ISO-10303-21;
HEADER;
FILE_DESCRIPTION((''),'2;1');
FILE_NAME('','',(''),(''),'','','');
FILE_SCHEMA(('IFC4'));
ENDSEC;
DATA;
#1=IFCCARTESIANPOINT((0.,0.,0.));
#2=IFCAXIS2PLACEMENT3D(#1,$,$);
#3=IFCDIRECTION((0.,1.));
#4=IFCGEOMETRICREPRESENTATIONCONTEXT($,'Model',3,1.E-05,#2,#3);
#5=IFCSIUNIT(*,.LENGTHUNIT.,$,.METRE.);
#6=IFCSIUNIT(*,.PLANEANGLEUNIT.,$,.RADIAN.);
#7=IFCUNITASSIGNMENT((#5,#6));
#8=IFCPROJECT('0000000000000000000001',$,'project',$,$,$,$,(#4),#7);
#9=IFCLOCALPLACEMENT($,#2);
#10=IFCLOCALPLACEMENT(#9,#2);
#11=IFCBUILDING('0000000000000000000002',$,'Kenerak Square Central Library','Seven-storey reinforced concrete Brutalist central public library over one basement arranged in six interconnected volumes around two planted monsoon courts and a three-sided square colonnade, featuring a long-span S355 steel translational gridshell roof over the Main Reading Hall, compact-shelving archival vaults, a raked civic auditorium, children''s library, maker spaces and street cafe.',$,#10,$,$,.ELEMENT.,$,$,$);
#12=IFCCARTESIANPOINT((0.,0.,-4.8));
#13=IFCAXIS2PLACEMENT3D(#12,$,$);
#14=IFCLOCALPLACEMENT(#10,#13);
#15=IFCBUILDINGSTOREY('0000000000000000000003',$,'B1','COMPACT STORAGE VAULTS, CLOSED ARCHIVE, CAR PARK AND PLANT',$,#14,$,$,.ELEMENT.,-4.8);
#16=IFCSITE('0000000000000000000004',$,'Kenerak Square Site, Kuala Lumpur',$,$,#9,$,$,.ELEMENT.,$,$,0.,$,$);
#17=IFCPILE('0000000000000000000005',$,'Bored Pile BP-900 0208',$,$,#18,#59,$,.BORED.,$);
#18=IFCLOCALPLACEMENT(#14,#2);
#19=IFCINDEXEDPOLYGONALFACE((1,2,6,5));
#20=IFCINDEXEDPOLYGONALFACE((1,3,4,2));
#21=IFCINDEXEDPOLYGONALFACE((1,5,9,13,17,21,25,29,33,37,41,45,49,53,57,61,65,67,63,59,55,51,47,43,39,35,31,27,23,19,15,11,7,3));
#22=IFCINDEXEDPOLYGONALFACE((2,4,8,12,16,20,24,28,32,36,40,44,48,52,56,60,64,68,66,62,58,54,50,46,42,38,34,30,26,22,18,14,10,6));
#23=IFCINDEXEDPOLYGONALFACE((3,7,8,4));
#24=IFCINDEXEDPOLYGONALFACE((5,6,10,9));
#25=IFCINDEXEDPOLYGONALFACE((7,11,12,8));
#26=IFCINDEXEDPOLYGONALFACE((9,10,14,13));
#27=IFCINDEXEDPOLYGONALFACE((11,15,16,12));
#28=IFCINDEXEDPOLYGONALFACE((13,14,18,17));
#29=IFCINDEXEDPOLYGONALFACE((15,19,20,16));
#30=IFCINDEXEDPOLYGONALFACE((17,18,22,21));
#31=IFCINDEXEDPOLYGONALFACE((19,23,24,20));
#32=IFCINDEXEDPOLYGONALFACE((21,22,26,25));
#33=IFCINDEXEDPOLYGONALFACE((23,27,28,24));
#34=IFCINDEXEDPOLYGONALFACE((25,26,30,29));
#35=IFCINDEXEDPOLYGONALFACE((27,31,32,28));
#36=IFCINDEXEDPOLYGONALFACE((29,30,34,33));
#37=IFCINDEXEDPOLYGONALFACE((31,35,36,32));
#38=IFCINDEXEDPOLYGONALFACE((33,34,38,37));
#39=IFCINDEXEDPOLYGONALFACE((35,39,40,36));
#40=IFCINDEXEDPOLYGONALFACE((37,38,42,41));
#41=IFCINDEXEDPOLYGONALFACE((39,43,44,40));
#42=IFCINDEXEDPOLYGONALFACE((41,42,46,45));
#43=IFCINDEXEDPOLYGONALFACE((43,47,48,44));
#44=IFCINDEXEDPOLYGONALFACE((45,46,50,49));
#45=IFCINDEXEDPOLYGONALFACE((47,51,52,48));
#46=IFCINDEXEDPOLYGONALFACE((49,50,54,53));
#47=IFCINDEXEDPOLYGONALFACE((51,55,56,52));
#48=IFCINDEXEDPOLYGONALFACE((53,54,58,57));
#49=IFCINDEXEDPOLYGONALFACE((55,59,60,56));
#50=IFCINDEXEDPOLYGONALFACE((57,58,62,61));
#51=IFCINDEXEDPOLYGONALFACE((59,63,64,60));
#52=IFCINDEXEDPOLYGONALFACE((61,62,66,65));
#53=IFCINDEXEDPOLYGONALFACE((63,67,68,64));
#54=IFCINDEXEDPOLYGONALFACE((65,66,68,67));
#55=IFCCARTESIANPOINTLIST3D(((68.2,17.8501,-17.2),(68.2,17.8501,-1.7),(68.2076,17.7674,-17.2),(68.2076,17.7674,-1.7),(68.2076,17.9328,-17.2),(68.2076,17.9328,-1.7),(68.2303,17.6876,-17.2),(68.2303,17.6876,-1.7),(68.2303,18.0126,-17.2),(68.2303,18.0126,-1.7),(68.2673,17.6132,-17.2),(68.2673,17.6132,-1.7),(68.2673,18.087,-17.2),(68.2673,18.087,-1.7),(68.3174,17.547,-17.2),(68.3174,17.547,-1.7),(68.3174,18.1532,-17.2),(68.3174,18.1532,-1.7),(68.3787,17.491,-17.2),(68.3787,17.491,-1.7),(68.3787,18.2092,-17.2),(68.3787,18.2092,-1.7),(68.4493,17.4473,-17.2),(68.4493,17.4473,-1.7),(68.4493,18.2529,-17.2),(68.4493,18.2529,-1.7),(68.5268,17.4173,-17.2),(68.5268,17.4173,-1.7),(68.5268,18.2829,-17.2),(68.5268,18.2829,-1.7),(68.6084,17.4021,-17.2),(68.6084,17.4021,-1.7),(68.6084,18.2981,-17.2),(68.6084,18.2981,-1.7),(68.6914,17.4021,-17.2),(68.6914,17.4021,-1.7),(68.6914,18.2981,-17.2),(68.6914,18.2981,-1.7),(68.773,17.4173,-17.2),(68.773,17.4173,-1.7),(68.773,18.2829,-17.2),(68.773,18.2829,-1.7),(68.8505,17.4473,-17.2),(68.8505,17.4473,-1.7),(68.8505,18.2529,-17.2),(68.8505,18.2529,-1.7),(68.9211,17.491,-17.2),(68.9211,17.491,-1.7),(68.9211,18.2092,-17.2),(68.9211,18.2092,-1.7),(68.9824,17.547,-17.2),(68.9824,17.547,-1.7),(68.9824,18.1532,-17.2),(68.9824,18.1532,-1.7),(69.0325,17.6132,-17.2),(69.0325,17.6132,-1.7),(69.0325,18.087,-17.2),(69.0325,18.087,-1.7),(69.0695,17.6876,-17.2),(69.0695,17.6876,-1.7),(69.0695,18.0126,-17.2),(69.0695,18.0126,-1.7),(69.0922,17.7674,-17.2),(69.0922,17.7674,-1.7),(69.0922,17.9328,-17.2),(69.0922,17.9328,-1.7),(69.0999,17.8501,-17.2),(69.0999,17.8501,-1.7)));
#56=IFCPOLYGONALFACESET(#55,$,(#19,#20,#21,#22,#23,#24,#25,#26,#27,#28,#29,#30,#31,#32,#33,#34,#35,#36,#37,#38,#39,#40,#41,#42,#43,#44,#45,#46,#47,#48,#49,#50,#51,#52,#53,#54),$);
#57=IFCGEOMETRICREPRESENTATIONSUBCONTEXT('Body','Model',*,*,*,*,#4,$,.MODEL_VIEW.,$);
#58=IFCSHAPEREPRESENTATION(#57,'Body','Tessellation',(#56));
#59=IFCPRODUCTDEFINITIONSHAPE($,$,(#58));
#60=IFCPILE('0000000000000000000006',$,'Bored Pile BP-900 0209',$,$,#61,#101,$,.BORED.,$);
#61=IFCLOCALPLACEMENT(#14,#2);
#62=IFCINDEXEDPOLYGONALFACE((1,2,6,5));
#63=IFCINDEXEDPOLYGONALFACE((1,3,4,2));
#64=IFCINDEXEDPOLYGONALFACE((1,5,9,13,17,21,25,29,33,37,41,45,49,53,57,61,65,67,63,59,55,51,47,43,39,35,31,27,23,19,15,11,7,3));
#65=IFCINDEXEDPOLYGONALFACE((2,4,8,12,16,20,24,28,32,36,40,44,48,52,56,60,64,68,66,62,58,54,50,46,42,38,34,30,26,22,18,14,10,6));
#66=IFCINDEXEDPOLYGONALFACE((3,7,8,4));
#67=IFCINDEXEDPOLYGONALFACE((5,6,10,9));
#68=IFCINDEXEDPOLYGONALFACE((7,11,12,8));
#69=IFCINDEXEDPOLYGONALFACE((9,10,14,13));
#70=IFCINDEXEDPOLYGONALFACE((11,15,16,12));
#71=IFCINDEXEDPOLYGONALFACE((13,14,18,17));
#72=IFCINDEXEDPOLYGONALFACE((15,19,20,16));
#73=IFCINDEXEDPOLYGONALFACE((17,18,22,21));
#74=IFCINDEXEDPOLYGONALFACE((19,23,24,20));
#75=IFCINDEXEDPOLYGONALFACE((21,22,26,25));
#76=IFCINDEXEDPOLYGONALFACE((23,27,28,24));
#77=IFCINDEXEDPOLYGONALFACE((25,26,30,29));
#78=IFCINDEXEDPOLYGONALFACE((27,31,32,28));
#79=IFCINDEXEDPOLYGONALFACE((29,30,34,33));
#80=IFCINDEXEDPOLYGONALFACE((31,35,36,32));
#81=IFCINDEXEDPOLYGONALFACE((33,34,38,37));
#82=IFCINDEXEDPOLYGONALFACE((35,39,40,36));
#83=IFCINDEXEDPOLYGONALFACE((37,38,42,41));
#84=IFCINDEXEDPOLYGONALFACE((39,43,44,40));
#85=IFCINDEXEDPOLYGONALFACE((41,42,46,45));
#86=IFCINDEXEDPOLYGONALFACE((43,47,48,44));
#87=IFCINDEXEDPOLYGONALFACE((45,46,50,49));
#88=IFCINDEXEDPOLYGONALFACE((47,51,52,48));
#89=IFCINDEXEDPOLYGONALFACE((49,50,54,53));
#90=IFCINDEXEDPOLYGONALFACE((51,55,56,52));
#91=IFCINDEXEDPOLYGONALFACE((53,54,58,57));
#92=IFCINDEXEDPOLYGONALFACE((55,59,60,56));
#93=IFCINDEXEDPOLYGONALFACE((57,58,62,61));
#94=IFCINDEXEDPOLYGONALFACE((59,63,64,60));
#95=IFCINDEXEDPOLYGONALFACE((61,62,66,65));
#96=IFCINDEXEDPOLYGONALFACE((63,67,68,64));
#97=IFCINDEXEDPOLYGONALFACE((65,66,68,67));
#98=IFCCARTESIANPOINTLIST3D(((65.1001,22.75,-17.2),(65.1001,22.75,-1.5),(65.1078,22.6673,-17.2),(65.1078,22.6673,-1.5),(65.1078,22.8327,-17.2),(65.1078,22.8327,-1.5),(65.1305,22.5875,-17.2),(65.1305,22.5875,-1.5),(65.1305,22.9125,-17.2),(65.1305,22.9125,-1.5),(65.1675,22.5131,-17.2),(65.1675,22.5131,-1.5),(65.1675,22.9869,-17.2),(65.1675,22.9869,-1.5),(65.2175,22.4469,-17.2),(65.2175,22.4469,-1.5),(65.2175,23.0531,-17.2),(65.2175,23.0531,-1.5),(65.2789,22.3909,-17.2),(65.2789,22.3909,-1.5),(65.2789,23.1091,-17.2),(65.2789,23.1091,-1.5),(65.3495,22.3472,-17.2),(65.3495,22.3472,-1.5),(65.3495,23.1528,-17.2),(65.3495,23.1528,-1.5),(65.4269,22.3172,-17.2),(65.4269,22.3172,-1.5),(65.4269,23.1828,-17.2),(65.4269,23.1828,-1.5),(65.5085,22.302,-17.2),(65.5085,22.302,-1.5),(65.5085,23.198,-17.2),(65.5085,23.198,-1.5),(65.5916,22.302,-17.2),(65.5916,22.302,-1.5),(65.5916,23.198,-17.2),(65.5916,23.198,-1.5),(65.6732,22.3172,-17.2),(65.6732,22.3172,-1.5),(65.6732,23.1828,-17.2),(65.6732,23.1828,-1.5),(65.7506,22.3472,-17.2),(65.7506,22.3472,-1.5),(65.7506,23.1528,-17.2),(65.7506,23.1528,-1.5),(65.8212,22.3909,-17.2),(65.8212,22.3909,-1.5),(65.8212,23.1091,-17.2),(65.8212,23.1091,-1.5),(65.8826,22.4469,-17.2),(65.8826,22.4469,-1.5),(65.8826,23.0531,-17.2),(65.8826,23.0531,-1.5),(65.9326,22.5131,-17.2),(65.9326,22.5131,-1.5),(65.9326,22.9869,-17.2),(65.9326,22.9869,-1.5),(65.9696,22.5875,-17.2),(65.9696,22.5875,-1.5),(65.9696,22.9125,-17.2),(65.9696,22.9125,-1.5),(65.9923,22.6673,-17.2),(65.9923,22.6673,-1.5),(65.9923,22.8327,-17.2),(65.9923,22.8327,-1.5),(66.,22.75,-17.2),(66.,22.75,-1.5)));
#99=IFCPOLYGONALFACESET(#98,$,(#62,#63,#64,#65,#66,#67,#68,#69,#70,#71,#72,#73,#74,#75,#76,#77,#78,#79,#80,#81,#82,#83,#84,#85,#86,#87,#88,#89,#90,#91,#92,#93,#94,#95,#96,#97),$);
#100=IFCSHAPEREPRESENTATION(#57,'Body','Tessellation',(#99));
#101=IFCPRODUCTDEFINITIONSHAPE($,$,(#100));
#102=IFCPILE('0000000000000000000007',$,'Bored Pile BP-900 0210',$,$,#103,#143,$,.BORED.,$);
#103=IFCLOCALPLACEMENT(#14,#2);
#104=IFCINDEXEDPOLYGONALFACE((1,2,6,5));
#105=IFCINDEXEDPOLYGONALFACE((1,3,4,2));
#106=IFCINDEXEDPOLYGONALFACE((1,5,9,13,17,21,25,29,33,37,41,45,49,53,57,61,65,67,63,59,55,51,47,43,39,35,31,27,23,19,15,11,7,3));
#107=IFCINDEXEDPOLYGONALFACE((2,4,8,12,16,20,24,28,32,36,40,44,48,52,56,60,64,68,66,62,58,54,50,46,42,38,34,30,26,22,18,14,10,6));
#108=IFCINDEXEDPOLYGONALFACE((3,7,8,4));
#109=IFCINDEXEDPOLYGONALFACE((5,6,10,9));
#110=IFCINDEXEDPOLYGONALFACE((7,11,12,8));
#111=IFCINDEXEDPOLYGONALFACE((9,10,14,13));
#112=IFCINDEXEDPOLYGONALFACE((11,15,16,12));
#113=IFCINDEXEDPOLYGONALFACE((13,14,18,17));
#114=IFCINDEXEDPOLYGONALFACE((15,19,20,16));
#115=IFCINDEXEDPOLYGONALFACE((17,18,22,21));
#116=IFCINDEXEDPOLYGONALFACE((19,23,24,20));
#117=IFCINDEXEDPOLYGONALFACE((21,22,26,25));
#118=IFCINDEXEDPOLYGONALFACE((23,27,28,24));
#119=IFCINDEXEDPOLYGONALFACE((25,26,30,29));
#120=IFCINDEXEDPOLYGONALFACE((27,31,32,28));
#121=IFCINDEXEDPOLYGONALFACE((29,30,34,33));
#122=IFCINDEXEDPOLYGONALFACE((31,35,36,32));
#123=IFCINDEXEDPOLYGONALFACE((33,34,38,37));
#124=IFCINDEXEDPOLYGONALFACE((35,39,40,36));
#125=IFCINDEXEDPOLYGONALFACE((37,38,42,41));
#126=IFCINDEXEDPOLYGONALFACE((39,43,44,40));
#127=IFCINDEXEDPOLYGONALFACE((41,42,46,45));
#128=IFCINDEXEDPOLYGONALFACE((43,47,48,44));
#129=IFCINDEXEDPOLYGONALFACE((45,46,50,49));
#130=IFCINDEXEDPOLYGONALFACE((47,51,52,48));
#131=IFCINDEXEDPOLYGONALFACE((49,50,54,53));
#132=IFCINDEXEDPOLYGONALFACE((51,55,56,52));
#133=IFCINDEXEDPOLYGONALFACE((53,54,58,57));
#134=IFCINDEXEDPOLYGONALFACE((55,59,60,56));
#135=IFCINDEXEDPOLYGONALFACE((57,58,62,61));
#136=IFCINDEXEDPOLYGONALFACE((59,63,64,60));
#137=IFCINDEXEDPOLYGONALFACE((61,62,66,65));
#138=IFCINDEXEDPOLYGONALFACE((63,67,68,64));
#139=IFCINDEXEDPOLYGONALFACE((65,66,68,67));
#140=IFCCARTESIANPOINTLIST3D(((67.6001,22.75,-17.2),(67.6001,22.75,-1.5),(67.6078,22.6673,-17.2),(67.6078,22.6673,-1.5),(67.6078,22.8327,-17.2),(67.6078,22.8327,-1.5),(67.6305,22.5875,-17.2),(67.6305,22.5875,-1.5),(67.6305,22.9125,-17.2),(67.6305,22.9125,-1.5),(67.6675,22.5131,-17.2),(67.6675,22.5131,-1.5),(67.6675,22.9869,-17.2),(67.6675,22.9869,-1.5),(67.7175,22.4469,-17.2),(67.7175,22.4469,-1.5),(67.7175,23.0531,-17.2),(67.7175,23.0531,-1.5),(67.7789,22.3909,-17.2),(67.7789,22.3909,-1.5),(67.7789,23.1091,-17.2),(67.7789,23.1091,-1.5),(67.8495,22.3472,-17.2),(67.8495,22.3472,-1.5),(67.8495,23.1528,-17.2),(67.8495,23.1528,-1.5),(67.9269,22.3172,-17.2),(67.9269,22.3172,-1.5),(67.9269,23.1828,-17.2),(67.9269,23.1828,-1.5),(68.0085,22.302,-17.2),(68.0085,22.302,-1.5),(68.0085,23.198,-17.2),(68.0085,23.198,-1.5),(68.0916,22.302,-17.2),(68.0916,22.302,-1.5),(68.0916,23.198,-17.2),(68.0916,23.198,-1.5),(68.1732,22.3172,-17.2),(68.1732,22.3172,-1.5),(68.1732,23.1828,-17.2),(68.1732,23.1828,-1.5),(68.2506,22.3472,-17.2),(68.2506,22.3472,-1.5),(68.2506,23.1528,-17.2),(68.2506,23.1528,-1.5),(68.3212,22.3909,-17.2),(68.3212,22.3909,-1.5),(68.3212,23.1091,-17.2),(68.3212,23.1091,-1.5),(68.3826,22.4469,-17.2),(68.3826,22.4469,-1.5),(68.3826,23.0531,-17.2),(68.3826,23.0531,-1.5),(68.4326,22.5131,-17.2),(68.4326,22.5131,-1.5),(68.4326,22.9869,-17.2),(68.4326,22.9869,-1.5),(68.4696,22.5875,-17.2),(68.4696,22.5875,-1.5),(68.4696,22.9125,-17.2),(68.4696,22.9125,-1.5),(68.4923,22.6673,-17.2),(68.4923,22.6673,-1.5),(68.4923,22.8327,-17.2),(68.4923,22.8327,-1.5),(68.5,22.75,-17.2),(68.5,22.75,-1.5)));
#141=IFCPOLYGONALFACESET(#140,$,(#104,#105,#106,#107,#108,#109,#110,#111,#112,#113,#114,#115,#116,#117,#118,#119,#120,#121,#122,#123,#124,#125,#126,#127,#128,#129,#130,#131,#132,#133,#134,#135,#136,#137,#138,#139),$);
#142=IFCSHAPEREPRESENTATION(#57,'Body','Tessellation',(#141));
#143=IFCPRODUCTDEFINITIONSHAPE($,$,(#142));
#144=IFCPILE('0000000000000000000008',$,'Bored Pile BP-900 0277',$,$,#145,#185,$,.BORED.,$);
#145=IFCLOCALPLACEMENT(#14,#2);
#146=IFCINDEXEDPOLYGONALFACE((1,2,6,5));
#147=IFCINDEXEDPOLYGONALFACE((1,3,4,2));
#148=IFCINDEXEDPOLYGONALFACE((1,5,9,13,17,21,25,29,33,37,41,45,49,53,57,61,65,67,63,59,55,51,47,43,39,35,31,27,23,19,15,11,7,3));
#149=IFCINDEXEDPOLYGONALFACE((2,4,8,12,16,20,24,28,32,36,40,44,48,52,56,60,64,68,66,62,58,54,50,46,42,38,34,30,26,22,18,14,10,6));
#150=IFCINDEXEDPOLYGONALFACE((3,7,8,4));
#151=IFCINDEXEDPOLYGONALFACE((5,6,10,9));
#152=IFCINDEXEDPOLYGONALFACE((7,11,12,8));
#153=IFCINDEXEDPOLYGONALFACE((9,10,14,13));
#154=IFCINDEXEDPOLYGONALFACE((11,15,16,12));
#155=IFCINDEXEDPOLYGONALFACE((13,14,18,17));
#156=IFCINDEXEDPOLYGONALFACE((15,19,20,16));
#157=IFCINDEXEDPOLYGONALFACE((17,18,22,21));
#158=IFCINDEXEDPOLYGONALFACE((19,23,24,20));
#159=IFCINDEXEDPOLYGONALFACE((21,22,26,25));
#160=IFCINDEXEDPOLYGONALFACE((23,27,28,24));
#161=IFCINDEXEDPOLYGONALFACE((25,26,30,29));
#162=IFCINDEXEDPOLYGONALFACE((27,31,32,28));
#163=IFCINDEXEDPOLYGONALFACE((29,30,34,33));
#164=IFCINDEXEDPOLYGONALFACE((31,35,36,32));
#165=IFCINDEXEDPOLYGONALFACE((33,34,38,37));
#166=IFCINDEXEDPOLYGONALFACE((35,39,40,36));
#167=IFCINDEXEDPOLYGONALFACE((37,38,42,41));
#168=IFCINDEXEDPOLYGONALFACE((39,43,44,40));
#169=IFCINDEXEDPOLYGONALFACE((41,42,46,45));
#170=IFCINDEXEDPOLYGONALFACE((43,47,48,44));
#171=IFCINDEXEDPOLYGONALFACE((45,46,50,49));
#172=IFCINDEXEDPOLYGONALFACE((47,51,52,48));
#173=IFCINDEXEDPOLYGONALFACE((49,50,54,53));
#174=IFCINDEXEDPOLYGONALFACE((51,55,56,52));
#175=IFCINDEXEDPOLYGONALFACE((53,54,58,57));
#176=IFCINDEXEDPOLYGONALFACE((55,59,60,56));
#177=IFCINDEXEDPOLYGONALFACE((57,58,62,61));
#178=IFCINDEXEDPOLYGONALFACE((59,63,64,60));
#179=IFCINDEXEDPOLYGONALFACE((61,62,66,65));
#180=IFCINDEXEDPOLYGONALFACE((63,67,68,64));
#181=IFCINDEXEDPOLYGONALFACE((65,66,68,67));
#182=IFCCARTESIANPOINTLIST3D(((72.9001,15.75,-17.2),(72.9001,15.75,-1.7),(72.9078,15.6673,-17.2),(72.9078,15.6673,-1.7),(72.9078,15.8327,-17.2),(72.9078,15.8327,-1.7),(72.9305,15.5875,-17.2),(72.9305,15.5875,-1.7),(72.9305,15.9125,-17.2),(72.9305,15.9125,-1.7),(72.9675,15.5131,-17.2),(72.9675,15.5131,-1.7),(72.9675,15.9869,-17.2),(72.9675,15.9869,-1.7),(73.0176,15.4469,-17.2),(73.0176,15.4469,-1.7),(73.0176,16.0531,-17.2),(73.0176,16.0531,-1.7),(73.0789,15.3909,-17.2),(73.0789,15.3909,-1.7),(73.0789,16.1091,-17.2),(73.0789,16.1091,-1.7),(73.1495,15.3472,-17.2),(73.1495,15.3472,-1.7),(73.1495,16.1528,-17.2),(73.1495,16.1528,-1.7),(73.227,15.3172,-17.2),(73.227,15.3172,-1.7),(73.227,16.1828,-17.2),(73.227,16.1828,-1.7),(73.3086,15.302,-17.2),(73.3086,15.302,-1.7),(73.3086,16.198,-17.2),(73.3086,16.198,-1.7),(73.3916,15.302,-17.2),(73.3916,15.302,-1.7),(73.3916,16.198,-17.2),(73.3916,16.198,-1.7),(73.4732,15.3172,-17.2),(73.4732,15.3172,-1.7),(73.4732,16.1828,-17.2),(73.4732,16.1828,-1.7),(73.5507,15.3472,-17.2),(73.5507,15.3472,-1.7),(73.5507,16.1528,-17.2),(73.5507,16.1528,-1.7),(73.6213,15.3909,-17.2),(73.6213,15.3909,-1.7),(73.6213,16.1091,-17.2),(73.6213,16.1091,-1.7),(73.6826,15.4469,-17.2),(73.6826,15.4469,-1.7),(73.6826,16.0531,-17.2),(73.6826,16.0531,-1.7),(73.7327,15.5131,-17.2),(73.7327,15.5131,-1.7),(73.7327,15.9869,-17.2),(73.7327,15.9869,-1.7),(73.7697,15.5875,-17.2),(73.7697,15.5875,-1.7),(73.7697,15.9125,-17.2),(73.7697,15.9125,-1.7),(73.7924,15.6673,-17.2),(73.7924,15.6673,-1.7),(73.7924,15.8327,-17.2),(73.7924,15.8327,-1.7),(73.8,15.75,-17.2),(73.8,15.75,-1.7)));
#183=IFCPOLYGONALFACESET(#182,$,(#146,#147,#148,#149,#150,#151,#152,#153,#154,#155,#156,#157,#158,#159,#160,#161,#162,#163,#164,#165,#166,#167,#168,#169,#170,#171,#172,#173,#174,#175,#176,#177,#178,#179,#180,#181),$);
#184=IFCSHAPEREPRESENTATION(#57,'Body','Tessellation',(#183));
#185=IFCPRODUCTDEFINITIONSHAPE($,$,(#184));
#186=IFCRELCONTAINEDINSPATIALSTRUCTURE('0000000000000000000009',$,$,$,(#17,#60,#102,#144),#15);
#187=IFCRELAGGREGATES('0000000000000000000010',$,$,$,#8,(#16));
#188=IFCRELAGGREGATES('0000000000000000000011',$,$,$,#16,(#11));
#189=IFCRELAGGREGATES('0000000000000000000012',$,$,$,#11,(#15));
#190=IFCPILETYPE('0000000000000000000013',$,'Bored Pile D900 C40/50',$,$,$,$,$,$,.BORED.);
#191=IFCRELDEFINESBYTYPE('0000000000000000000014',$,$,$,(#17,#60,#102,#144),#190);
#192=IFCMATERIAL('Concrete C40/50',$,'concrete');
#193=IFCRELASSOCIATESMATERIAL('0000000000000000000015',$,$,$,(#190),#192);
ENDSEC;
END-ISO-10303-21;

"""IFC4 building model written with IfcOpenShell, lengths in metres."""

from ifc_helpers import new_model, si_unit, direction, frame, origin, origin_2d, place, context, subcontext, project, spatial, circle, extrude, material, material_profile, profile_set, type_object, element, save


model = new_model("IFC4")

# Units and contexts
model_context = context("Model", 3, precision=1e-05, world=origin(), true_north=direction((0.0, 1.0)))
body_context = subcontext(model_context, "Body", "Model", "MODEL_VIEW")
ifc_project = project(units=[si_unit("LENGTHUNIT", "METRE"), si_unit("PLANEANGLEUNIT", "RADIAN")], contexts=[model_context])

# Site, building, storey
site_placement = place(None, origin())
site = spatial("IfcSite", under=ifc_project, at=site_placement, Name="Kenerak Square Site, Kuala Lumpur", CompositionType="ELEMENT", RefElevation=0.0)
building_placement = place(site_placement, origin())
building = spatial("IfcBuilding", under=site, at=building_placement, Name="Kenerak Square Central Library", Description="Seven-storey reinforced concrete Brutalist central public library over one basement arranged in six interconnected volumes around two planted monsoon courts and a three-sided square colonnade, featuring a long-span S355 steel translational gridshell roof over the Main Reading Hall, compact-shelving archival vaults, a raked civic auditorium, children's library, maker spaces and street cafe.", CompositionType="ELEMENT")
storey_placement = place(building_placement, frame((0.0, 0.0, -4.8)))
storey = spatial("IfcBuildingStorey", under=building, at=storey_placement, Name="B1", Description="COMPACT STORAGE VAULTS, CLOSED ARCHIVE, CAR PARK AND PLANT", CompositionType="ELEMENT", Elevation=-4.8)

# Piles
ifc_material_1 = material(Name="Concrete C40/50", Category="concrete")
ifc_material_profile_1 = material_profile(ifc_material_1, circle(Radius=0.45, at=origin_2d()), Name="BP D900")
ifc_profile_set_1 = profile_set([ifc_material_profile_1], Name="Concrete C40/50")
pile_type_1 = type_object("IfcPileType", Name="Bored Pile D900 C40/50", PredefinedType="BORED", material=ifc_profile_set_1)
for number, where, z_axis, x_axis, name in (
    (1, (68.6499, 17.8501, -1.7), (0.0, 0.0, -1.0), (1.0, 0.0, 0.0), "Bored Pile BP-900 0208"),
):
    element("IfcPile", number, at=place(storey_placement, frame(where, z_axis=z_axis, x_axis=x_axis)), inside=storey, type_object=pile_type_1, Name=name, PredefinedType="BORED", context=body_context, shape_type="SweptSolid", body=[
        extrude(circle(Radius=0.45, at=origin_2d()), origin(), (0.0, 0.0, 1.0), 15.5),
    ])
for number, where, z_axis, x_axis, name in (
    (2, (65.55, 22.75, -1.5), (0.0, 0.0, -1.0), (1.0, 0.0, 0.0), "Bored Pile BP-900 0209"),
    (3, (68.05, 22.75, -1.5), (0.0, 0.0, -1.0), (1.0, 0.0, 0.0), "Bored Pile BP-900 0210"),
):
    element("IfcPile", number, at=place(storey_placement, frame(where, z_axis=z_axis, x_axis=x_axis)), inside=storey, type_object=pile_type_1, Name=name, PredefinedType="BORED", context=body_context, shape_type="SweptSolid", body=[
        extrude(circle(Radius=0.45, at=origin_2d()), origin(), (0.0, 0.0, 1.0), 15.7),
    ])
for number, where, z_axis, x_axis, name in (
    (4, (73.3501, 15.75, -1.7), (0.0, 0.0, -1.0), (1.0, 0.0, 0.0), "Bored Pile BP-900 0277"),
):
    element("IfcPile", number, at=place(storey_placement, frame(where, z_axis=z_axis, x_axis=x_axis)), inside=storey, type_object=pile_type_1, Name=name, PredefinedType="BORED", context=body_context, shape_type="SweptSolid", body=[
        extrude(circle(Radius=0.45, at=origin_2d()), origin(), (0.0, 0.0, 1.0), 15.5),
    ])

save(model, "model.ifc")
